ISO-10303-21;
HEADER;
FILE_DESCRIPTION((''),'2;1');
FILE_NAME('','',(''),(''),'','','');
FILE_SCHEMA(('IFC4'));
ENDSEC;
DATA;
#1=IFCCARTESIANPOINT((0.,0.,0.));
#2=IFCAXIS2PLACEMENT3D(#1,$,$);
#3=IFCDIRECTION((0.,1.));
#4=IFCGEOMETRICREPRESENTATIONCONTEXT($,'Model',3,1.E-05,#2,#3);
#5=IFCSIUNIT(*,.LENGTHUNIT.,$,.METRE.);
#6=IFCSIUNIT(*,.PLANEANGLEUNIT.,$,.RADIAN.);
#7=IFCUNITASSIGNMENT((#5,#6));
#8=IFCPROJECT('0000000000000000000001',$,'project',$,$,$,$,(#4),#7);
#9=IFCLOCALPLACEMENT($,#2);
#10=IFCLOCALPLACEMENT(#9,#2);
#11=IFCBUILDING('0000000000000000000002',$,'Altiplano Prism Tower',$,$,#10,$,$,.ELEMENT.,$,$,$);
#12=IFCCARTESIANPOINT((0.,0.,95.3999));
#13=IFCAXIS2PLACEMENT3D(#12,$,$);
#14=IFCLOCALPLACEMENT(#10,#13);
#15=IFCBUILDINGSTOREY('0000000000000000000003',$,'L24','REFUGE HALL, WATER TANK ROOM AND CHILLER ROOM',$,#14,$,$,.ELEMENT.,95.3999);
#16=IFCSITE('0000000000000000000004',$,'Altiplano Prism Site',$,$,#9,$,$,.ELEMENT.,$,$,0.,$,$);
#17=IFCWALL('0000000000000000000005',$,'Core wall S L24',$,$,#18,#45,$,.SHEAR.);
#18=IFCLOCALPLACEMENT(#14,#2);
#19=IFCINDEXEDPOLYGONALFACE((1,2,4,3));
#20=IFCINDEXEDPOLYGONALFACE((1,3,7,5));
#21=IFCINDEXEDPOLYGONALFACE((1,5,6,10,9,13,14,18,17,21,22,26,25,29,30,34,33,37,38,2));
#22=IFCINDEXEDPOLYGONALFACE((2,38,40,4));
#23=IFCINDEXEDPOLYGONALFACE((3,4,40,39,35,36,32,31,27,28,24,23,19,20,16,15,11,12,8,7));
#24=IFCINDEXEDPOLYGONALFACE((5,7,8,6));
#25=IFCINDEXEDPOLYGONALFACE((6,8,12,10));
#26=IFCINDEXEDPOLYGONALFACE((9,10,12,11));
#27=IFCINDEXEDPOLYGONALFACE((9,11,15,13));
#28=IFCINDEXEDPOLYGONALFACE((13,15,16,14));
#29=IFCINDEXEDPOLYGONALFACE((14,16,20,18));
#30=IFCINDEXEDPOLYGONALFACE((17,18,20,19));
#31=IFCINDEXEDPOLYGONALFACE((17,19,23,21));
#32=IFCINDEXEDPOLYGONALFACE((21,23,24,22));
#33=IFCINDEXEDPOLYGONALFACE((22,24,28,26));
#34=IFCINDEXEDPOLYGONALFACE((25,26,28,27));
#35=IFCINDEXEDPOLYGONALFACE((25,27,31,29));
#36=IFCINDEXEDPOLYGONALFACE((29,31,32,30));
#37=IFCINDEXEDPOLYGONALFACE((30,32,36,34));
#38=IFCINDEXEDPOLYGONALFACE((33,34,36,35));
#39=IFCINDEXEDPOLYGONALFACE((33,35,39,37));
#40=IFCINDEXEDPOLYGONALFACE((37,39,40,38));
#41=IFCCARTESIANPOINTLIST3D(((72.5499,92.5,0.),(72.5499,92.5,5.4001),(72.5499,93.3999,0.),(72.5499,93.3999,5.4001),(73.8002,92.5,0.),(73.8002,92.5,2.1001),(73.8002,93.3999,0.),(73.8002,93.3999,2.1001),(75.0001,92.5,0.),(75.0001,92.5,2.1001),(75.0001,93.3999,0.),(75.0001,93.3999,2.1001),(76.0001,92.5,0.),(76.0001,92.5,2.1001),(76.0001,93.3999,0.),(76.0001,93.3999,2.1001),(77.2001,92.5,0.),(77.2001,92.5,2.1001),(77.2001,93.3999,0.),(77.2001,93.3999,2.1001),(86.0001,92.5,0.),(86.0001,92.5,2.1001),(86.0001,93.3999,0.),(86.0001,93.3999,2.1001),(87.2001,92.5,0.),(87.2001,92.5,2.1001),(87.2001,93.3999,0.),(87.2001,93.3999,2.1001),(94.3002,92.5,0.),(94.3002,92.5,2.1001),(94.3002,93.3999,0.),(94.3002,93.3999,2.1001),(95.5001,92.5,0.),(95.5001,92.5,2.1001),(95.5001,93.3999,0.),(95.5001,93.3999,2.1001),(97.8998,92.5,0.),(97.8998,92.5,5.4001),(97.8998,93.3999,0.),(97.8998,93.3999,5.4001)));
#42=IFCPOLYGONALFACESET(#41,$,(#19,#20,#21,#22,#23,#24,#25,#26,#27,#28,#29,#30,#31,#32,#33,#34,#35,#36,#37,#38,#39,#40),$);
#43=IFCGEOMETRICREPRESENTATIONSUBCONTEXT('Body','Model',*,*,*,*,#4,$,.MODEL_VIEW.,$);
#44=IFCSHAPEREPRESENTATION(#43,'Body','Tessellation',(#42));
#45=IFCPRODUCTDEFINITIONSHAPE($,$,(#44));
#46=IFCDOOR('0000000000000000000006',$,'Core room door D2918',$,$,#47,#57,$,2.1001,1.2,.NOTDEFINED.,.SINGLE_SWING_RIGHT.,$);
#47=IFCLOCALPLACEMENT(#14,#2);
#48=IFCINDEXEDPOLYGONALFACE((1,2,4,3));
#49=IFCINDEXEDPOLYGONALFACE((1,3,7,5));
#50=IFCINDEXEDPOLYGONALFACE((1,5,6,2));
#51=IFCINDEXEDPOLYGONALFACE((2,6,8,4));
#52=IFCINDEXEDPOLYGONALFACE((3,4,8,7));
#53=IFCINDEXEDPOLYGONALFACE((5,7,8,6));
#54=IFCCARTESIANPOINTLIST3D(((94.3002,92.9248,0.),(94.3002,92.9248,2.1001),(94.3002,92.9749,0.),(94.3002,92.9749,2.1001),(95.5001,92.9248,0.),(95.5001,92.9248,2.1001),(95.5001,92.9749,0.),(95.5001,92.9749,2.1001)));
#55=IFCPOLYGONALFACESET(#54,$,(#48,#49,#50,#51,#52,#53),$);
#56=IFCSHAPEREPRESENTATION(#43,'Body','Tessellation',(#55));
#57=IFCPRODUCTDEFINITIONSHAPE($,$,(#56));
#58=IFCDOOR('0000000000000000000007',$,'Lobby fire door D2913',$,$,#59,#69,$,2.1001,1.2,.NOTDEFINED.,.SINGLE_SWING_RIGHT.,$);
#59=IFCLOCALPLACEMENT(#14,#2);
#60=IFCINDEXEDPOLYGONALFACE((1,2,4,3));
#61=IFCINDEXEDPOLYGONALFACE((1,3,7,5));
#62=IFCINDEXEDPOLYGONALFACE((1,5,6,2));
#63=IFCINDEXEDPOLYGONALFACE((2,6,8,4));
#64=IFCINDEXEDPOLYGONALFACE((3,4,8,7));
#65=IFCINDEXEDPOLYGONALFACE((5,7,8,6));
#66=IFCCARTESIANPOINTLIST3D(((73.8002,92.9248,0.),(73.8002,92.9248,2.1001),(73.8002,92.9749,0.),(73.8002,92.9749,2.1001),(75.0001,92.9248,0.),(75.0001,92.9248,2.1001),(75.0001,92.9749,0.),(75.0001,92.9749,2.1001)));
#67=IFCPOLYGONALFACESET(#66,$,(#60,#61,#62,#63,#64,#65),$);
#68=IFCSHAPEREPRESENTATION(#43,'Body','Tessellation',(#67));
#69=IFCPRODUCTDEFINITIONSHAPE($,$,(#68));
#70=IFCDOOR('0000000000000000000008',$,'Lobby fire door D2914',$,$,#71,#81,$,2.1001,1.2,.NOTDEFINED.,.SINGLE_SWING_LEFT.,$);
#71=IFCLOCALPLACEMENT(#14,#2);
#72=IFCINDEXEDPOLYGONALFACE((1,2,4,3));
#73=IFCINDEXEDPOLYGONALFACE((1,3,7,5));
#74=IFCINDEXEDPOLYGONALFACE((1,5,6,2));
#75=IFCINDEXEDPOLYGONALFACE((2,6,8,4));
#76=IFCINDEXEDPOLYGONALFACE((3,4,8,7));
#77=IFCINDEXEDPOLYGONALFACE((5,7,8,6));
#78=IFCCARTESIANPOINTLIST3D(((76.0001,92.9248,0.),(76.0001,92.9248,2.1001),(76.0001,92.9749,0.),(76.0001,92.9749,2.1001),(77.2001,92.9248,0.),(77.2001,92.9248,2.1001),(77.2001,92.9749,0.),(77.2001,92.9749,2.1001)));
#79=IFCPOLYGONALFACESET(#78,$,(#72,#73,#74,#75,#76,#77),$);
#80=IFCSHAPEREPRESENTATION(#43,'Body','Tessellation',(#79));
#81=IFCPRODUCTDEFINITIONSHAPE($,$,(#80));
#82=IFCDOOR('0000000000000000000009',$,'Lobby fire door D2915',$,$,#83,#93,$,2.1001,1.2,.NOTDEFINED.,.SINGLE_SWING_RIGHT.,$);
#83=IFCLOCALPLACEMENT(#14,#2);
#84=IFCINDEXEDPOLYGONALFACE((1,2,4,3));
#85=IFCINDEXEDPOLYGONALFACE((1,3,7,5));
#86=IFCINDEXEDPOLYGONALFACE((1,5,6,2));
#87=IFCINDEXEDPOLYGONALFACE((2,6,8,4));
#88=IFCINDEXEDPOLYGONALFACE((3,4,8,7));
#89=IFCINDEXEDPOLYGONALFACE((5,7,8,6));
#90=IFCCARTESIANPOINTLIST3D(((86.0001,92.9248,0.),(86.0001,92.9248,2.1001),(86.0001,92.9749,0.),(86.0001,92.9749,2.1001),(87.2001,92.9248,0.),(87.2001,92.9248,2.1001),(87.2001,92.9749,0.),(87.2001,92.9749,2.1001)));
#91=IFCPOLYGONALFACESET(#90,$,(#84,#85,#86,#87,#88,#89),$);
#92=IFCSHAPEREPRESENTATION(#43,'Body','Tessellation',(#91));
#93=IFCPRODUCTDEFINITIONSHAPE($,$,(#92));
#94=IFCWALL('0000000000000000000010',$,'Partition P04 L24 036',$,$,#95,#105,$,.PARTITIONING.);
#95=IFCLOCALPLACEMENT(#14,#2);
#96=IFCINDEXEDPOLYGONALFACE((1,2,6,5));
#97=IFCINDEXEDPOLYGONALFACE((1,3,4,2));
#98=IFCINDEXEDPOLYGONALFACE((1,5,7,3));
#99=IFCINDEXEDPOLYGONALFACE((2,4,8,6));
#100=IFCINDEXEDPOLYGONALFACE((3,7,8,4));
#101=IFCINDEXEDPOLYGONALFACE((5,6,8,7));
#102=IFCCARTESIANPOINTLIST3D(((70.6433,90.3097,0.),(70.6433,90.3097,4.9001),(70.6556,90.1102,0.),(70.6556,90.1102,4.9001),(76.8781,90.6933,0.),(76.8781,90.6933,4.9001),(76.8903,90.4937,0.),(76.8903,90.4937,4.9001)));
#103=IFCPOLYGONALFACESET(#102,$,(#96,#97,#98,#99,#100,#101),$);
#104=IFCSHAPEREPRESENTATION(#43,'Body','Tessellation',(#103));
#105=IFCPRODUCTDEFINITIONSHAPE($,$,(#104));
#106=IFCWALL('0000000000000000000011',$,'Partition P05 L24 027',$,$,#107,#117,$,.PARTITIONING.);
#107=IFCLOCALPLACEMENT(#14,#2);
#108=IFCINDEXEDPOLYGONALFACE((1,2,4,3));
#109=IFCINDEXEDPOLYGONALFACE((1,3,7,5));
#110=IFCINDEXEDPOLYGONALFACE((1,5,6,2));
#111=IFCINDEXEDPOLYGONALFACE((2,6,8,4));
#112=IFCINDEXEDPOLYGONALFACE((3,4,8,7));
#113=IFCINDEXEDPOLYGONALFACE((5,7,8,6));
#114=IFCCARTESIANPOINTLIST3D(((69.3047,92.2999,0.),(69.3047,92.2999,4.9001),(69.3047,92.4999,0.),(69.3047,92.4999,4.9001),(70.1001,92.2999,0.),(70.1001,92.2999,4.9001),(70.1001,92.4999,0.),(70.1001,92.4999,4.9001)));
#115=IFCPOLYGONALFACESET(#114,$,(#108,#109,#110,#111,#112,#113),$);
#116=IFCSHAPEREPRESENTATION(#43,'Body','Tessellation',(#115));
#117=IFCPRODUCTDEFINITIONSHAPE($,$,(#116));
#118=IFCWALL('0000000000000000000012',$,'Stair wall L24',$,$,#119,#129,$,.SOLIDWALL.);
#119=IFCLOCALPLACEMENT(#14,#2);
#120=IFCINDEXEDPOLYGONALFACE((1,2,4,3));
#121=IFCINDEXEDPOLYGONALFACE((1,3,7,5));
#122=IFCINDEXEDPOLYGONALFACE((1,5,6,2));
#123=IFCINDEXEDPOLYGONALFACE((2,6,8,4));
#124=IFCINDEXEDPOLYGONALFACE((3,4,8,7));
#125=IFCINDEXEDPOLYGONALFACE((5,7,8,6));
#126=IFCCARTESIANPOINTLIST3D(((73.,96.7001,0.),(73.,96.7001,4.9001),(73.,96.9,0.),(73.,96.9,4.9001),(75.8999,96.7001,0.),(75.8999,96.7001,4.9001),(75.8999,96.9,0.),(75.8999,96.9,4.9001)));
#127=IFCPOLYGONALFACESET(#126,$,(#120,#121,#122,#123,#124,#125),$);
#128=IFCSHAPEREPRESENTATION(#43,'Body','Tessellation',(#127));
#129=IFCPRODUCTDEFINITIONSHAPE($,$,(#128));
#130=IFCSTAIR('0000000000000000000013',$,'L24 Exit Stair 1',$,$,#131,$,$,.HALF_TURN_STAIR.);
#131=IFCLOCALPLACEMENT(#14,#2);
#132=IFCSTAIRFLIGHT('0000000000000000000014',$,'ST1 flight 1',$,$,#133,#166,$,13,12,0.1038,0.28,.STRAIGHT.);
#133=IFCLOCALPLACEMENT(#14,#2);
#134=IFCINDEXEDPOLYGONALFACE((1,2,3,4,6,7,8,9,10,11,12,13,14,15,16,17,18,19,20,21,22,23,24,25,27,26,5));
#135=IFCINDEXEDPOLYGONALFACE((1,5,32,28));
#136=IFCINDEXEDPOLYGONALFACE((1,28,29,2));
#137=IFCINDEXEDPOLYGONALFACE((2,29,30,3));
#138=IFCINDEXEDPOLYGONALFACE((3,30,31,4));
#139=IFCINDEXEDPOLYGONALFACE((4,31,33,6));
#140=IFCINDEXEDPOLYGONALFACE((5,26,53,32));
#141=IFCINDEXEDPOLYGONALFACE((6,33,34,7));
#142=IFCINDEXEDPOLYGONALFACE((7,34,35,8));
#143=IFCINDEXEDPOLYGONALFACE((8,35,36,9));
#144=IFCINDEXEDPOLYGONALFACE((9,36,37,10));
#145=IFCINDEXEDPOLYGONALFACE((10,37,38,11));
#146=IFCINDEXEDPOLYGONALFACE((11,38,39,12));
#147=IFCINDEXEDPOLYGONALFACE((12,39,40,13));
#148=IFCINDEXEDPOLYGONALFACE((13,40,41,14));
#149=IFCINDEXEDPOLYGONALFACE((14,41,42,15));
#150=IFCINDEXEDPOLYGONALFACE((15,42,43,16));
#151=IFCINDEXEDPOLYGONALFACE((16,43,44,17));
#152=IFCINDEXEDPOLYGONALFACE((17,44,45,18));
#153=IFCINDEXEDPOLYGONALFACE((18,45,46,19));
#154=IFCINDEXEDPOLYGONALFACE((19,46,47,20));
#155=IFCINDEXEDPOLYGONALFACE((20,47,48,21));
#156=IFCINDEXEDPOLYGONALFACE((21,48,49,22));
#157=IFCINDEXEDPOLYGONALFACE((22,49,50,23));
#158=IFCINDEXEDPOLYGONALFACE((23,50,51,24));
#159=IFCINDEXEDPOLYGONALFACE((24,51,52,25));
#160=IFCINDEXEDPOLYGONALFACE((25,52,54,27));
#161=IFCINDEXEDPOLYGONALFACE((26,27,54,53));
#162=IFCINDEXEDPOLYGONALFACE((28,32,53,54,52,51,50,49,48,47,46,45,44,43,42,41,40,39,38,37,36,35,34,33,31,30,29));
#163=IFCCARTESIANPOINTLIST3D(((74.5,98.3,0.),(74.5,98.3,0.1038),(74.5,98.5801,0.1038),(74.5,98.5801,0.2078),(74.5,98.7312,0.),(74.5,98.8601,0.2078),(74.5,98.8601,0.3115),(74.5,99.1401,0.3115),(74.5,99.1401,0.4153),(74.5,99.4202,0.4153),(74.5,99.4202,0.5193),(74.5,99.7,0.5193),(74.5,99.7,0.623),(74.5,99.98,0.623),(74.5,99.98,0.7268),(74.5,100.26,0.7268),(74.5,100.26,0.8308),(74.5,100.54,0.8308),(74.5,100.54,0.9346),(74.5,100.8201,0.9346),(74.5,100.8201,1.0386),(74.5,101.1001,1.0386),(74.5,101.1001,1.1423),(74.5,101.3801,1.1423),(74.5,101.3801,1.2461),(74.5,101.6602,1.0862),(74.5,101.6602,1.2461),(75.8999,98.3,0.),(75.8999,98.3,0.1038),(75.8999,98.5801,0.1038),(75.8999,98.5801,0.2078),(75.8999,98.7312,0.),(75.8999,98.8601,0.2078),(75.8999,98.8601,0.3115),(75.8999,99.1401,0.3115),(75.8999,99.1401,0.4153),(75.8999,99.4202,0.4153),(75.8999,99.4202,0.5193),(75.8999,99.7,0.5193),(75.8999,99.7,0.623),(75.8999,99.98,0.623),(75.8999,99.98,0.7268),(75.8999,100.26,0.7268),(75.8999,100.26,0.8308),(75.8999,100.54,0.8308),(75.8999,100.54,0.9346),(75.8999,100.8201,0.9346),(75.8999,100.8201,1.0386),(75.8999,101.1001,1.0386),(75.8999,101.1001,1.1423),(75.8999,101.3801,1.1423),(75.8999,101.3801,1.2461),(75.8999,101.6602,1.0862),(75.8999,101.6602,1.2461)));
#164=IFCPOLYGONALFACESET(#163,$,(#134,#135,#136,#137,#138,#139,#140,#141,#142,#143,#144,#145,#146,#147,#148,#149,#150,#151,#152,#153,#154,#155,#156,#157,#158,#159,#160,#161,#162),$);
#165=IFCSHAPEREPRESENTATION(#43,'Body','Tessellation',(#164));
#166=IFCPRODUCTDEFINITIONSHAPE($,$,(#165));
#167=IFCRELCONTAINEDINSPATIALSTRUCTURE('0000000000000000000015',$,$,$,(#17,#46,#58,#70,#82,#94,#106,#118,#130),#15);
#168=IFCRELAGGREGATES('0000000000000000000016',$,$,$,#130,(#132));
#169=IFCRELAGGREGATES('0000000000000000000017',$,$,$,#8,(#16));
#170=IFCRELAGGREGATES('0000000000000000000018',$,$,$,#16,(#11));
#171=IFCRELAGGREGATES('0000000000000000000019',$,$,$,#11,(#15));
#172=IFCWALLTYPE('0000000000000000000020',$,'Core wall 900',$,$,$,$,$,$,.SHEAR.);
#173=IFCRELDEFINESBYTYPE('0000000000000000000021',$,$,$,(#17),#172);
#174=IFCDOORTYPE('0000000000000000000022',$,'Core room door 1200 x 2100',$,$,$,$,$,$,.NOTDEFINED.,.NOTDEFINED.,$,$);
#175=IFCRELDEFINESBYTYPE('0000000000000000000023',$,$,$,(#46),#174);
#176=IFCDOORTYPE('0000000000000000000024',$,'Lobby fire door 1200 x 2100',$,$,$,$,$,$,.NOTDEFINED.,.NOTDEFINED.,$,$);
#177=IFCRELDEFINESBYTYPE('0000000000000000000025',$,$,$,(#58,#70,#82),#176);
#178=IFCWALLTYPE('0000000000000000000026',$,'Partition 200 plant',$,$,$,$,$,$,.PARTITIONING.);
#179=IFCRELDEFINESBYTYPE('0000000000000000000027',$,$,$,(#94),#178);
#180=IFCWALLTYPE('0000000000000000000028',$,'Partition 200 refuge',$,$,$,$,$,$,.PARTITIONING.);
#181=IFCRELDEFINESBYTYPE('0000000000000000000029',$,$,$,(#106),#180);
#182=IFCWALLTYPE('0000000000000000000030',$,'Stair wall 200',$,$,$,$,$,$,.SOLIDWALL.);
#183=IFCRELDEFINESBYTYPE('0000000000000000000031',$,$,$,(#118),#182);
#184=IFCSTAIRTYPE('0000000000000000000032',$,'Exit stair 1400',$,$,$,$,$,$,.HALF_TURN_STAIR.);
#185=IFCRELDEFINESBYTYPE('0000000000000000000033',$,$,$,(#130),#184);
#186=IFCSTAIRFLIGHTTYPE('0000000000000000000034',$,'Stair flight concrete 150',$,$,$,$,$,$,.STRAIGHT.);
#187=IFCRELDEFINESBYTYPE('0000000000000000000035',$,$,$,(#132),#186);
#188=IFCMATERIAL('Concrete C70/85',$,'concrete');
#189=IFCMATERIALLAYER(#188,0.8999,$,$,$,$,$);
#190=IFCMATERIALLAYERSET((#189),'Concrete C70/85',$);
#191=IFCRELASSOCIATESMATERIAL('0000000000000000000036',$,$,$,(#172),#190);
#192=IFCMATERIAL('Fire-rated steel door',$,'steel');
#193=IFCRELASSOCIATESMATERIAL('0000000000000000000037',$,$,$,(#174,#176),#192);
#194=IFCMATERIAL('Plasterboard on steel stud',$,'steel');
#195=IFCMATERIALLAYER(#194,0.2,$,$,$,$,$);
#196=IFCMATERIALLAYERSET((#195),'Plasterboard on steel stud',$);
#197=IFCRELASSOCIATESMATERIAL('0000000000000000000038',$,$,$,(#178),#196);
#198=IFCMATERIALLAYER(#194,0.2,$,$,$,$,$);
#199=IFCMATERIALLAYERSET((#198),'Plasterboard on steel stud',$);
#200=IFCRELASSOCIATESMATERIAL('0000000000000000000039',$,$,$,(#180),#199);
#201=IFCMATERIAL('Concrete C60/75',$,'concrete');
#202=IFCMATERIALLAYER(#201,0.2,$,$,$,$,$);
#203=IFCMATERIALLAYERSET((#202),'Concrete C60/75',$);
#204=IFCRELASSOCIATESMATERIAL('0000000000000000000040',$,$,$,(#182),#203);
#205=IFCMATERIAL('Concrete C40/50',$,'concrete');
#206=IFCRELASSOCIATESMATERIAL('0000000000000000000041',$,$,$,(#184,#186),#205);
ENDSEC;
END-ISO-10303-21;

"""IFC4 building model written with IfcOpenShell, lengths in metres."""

from ifc_helpers import new_model, si_unit, direction, frame, frame_2d, origin, place, context, subcontext, project, spatial, polyline, rectangle, outline, extrude, material, layer, layer_set, type_object, element, fill, aggregate, save


model = new_model("IFC4")

# Units and contexts
model_context = context("Model", 3, precision=1e-05, world=origin(), true_north=direction((0.0, 1.0)))
body_context = subcontext(model_context, "Body", "Model", "MODEL_VIEW")
ifc_project = project(units=[si_unit("LENGTHUNIT", "METRE"), si_unit("PLANEANGLEUNIT", "RADIAN")], contexts=[model_context])

# Site, building, storey
site_placement = place(None, origin())
site = spatial("IfcSite", under=ifc_project, at=site_placement, Name="Altiplano Prism Site", CompositionType="ELEMENT", RefElevation=0.0)
building_placement = place(site_placement, origin())
building = spatial("IfcBuilding", under=site, at=building_placement, Name="Altiplano Prism Tower", CompositionType="ELEMENT")
storey_placement = place(building_placement, frame((0.0, 0.0, 95.3999)))
storey = spatial("IfcBuildingStorey", under=building, at=storey_placement, Name="L24", Description="REFUGE HALL, WATER TANK ROOM AND CHILLER ROOM", CompositionType="ELEMENT", Elevation=95.3999)

# Wall, openings, doors
ifc_material_1 = material(Name="Concrete C70/85", Category="concrete")
ifc_layer_1 = layer(ifc_material_1, 0.8999)
ifc_layer_set_1 = layer_set([ifc_layer_1], Name="Concrete C70/85")
wall_type_1 = type_object("IfcWallType", Name="Core wall 900", PredefinedType="SHEAR", material=ifc_layer_set_1)
wall_1_placement = place(storey_placement, frame((72.55, 92.95, 0.0), z_axis=(0.0, 0.0, 1.0), x_axis=(1.0, 0.0, 0.0)))
wall_1 = element("IfcWall", 1, at=wall_1_placement, inside=storey, type_object=wall_type_1, Name="Core wall S L24", PredefinedType="SHEAR", context=body_context, shape_type="SweptSolid", body=[
    extrude(rectangle(XDim=25.3499, YDim=0.8999, at=frame_2d((12.6748, 0.0))), origin(), (0.0, 0.0, 1.0), 5.4001),
])
opening_1_placement = place(wall_1_placement, frame((1.25, 0.0, 0.0)))
opening_1 = element("IfcOpeningElement", 2, at=opening_1_placement, cuts=wall_1, PredefinedType="OPENING", context=body_context, shape_type="SweptSolid", body=[
    extrude(rectangle(XDim=1.2, YDim=2.1001, at=frame_2d((0.6001, 1.05))), frame((0.0, 0.4604, 0.0), z_axis=(0.0, -1.0, 0.0), x_axis=(1.0, 0.0, 0.0)), (0.0, 0.0, 1.0), 0.9209),
])
opening_2_placement = place(wall_1_placement, frame((3.45, 0.0, 0.0)))
opening_2 = element("IfcOpeningElement", 3, at=opening_2_placement, cuts=wall_1, PredefinedType="OPENING", context=body_context, shape_type="SweptSolid", body=[
    extrude(rectangle(XDim=1.2, YDim=2.1001, at=frame_2d((0.6001, 1.05))), frame((0.0, 0.4604, 0.0), z_axis=(0.0, -1.0, 0.0), x_axis=(1.0, 0.0, 0.0)), (0.0, 0.0, 1.0), 0.9209),
])
opening_3_placement = place(wall_1_placement, frame((13.45, 0.0, 0.0)))
opening_3 = element("IfcOpeningElement", 4, at=opening_3_placement, cuts=wall_1, PredefinedType="OPENING", context=body_context, shape_type="SweptSolid", body=[
    extrude(rectangle(XDim=1.2, YDim=2.1001, at=frame_2d((0.6001, 1.05))), frame((0.0, 0.4604, 0.0), z_axis=(0.0, -1.0, 0.0), x_axis=(1.0, 0.0, 0.0)), (0.0, 0.0, 1.0), 0.9209),
])
opening_4_placement = place(wall_1_placement, frame((21.75, 0.0, 0.0)))
opening_4 = element("IfcOpeningElement", 5, at=opening_4_placement, cuts=wall_1, PredefinedType="OPENING", context=body_context, shape_type="SweptSolid", body=[
    extrude(rectangle(XDim=1.2, YDim=2.1001, at=frame_2d((0.6001, 1.05))), frame((0.0, 0.4604, 0.0), z_axis=(0.0, -1.0, 0.0), x_axis=(1.0, 0.0, 0.0)), (0.0, 0.0, 1.0), 0.9209),
])
ifc_material_2 = material(Name="Fire-rated steel door", Category="steel")
door_type_1 = type_object("IfcDoorType", Name="Core room door 1200 x 2100", OperationType="NOTDEFINED", PredefinedType="NOTDEFINED", material=ifc_material_2)
door_1_placement = place(opening_4_placement, origin())
door_1 = element("IfcDoor", 6, at=door_1_placement, inside=storey, type_object=door_type_1, Name="Core room door D2918", OperationType="SINGLE_SWING_RIGHT", OverallHeight=2.1001, OverallWidth=1.2, PredefinedType="NOTDEFINED", context=body_context, shape_type="SweptSolid", body=[
    extrude(rectangle(XDim=1.2, YDim=2.1001, at=frame_2d((0.6001, 1.05))), frame((0.0, 0.0249, 0.0), z_axis=(0.0, -1.0, 0.0), x_axis=(1.0, 0.0, 0.0)), (0.0, 0.0, 1.0), 0.05),
])
fill(opening_4, door_1)
door_type_2 = type_object("IfcDoorType", Name="Lobby fire door 1200 x 2100", OperationType="NOTDEFINED", PredefinedType="NOTDEFINED", material=ifc_material_2)
door_2_placement = place(opening_1_placement, origin())
door_2 = element("IfcDoor", 7, at=door_2_placement, inside=storey, type_object=door_type_2, Name="Lobby fire door D2913", OperationType="SINGLE_SWING_RIGHT", OverallHeight=2.1001, OverallWidth=1.2, PredefinedType="NOTDEFINED", context=body_context, shape_type="SweptSolid", body=[
    extrude(rectangle(XDim=1.2, YDim=2.1001, at=frame_2d((0.6001, 1.05))), frame((0.0, 0.0249, 0.0), z_axis=(0.0, -1.0, 0.0), x_axis=(1.0, 0.0, 0.0)), (0.0, 0.0, 1.0), 0.05),
])
fill(opening_1, door_2)
door_3_placement = place(opening_2_placement, origin())
door_3 = element("IfcDoor", 8, at=door_3_placement, inside=storey, type_object=door_type_2, Name="Lobby fire door D2914", OperationType="SINGLE_SWING_LEFT", OverallHeight=2.1001, OverallWidth=1.2, PredefinedType="NOTDEFINED", context=body_context, shape_type="SweptSolid", body=[
    extrude(rectangle(XDim=1.2, YDim=2.1001, at=frame_2d((0.6001, 1.05))), frame((0.0, 0.0249, 0.0), z_axis=(0.0, -1.0, 0.0), x_axis=(1.0, 0.0, 0.0)), (0.0, 0.0, 1.0), 0.05),
])
fill(opening_2, door_3)
door_4_placement = place(opening_3_placement, origin())
door_4 = element("IfcDoor", 9, at=door_4_placement, inside=storey, type_object=door_type_2, Name="Lobby fire door D2915", OperationType="SINGLE_SWING_RIGHT", OverallHeight=2.1001, OverallWidth=1.2, PredefinedType="NOTDEFINED", context=body_context, shape_type="SweptSolid", body=[
    extrude(rectangle(XDim=1.2, YDim=2.1001, at=frame_2d((0.6001, 1.05))), frame((0.0, 0.0249, 0.0), z_axis=(0.0, -1.0, 0.0), x_axis=(1.0, 0.0, 0.0)), (0.0, 0.0, 1.0), 0.05),
])
fill(opening_3, door_4)

# Walls
ifc_material_3 = material(Name="Plasterboard on steel stud", Category="steel")
ifc_layer_2 = layer(ifc_material_3, 0.2)
ifc_layer_set_2 = layer_set([ifc_layer_2], Name="Plasterboard on steel stud")
wall_type_2 = type_object("IfcWallType", Name="Partition 200 plant", PredefinedType="PARTITIONING", material=ifc_layer_set_2)
wall_2_placement = place(storey_placement, frame((70.6494, 90.21, 0.0), z_axis=(0.0, 0.0, 1.0), x_axis=(0.998113, 0.0614, 0.0)))
element("IfcWall", 10, at=wall_2_placement, inside=storey, type_object=wall_type_2, Name="Partition P04 L24 036", PredefinedType="PARTITIONING", context=body_context, shape_type="SweptSolid", body=[
    extrude(rectangle(XDim=6.2466, YDim=0.2, at=frame_2d((3.1233, 0.0))), origin(), (0.0, 0.0, 1.0), 4.9001),
])
ifc_layer_3 = layer(ifc_material_3, 0.2)
ifc_layer_set_3 = layer_set([ifc_layer_3], Name="Plasterboard on steel stud")
wall_type_3 = type_object("IfcWallType", Name="Partition 200 refuge", PredefinedType="PARTITIONING", material=ifc_layer_set_3)
wall_3_placement = place(storey_placement, frame((70.1001, 92.3999, 0.0), z_axis=(0.0, 0.0, 1.0), x_axis=(-1.0, 0.0, 0.0)))
element("IfcWall", 11, at=wall_3_placement, inside=storey, type_object=wall_type_3, Name="Partition P05 L24 027", PredefinedType="PARTITIONING", context=body_context, shape_type="SweptSolid", body=[
    extrude(rectangle(XDim=0.7954, YDim=0.2, at=frame_2d((0.3977, 0.0))), origin(), (0.0, 0.0, 1.0), 4.9001),
])
ifc_material_4 = material(Name="Concrete C60/75", Category="concrete")
ifc_layer_4 = layer(ifc_material_4, 0.2)
ifc_layer_set_4 = layer_set([ifc_layer_4], Name="Concrete C60/75")
wall_type_4 = type_object("IfcWallType", Name="Stair wall 200", PredefinedType="SOLIDWALL", material=ifc_layer_set_4)
wall_4_placement = place(storey_placement, frame((73.0, 96.8, 0.0), z_axis=(0.0, 0.0, 1.0), x_axis=(1.0, 0.0, 0.0)))
element("IfcWall", 12, at=wall_4_placement, inside=storey, type_object=wall_type_4, Name="Stair wall L24", PredefinedType="SOLIDWALL", context=body_context, shape_type="SweptSolid", body=[
    extrude(rectangle(XDim=2.8999, YDim=0.2, at=frame_2d((1.45, 0.0))), origin(), (0.0, 0.0, 1.0), 4.9001),
])

# Stair, stair flight
ifc_material_5 = material(Name="Concrete C40/50", Category="concrete")
stair_type = type_object("IfcStairType", Name="Exit stair 1400", PredefinedType="HALF_TURN_STAIR", material=ifc_material_5)
stair_placement = place(storey_placement, origin())
stair = element("IfcStair", 13, at=stair_placement, inside=storey, type_object=stair_type, Name="L24 Exit Stair 1", PredefinedType="HALF_TURN_STAIR")
stair_flight_type = type_object("IfcStairFlightType", Name="Stair flight concrete 150", PredefinedType="STRAIGHT", material=ifc_material_5)
stair_flight_1_placement = place(storey_placement, frame((75.2, 98.3, 0.0), z_axis=(0.0, 0.0, 1.0), x_axis=(0.0, 1.0, 0.0)))
stair_flight_1 = element("IfcStairFlight", 14, at=stair_flight_1_placement, type_object=stair_flight_type, Name="ST1 flight 1", NumberOfRisers=13, NumberOfTreads=12, PredefinedType="STRAIGHT", RiserHeight=0.1038, TreadLength=0.28, context=body_context, shape_type="SweptSolid", body=[
    extrude(outline(polyline([(0.0, 0.0), (0.0, 0.1038), (0.28, 0.1038), (0.28, 0.2078), (0.5601, 0.2078), (0.5601, 0.3115), (0.8401, 0.3115), (0.8401, 0.4153), (1.1201, 0.4153), (1.1201, 0.5193), (1.3999, 0.5193), (1.3999, 0.623), (1.6799, 0.623), (1.6799, 0.7268), (1.96, 0.7268), (1.96, 0.8308), (2.24, 0.8308), (2.24, 0.9346), (2.52, 0.9346), (2.52, 1.0386), (2.8, 1.0386), (2.8, 1.1423), (3.0801, 1.1423), (3.0801, 1.2461), (3.3601, 1.2461), (3.3601, 1.3501), (3.3601, 1.0862), (0.4312, 0.0), (0.0, 0.0)])), frame((0.0, 0.7, 0.0), z_axis=(0.0, -1.0, 0.0), x_axis=(1.0, 0.0, 0.0)), (0.0, 0.0, 1.0), 1.3999),
])
aggregate(stair, [stair_flight_1])

save(model, "model.ifc")
